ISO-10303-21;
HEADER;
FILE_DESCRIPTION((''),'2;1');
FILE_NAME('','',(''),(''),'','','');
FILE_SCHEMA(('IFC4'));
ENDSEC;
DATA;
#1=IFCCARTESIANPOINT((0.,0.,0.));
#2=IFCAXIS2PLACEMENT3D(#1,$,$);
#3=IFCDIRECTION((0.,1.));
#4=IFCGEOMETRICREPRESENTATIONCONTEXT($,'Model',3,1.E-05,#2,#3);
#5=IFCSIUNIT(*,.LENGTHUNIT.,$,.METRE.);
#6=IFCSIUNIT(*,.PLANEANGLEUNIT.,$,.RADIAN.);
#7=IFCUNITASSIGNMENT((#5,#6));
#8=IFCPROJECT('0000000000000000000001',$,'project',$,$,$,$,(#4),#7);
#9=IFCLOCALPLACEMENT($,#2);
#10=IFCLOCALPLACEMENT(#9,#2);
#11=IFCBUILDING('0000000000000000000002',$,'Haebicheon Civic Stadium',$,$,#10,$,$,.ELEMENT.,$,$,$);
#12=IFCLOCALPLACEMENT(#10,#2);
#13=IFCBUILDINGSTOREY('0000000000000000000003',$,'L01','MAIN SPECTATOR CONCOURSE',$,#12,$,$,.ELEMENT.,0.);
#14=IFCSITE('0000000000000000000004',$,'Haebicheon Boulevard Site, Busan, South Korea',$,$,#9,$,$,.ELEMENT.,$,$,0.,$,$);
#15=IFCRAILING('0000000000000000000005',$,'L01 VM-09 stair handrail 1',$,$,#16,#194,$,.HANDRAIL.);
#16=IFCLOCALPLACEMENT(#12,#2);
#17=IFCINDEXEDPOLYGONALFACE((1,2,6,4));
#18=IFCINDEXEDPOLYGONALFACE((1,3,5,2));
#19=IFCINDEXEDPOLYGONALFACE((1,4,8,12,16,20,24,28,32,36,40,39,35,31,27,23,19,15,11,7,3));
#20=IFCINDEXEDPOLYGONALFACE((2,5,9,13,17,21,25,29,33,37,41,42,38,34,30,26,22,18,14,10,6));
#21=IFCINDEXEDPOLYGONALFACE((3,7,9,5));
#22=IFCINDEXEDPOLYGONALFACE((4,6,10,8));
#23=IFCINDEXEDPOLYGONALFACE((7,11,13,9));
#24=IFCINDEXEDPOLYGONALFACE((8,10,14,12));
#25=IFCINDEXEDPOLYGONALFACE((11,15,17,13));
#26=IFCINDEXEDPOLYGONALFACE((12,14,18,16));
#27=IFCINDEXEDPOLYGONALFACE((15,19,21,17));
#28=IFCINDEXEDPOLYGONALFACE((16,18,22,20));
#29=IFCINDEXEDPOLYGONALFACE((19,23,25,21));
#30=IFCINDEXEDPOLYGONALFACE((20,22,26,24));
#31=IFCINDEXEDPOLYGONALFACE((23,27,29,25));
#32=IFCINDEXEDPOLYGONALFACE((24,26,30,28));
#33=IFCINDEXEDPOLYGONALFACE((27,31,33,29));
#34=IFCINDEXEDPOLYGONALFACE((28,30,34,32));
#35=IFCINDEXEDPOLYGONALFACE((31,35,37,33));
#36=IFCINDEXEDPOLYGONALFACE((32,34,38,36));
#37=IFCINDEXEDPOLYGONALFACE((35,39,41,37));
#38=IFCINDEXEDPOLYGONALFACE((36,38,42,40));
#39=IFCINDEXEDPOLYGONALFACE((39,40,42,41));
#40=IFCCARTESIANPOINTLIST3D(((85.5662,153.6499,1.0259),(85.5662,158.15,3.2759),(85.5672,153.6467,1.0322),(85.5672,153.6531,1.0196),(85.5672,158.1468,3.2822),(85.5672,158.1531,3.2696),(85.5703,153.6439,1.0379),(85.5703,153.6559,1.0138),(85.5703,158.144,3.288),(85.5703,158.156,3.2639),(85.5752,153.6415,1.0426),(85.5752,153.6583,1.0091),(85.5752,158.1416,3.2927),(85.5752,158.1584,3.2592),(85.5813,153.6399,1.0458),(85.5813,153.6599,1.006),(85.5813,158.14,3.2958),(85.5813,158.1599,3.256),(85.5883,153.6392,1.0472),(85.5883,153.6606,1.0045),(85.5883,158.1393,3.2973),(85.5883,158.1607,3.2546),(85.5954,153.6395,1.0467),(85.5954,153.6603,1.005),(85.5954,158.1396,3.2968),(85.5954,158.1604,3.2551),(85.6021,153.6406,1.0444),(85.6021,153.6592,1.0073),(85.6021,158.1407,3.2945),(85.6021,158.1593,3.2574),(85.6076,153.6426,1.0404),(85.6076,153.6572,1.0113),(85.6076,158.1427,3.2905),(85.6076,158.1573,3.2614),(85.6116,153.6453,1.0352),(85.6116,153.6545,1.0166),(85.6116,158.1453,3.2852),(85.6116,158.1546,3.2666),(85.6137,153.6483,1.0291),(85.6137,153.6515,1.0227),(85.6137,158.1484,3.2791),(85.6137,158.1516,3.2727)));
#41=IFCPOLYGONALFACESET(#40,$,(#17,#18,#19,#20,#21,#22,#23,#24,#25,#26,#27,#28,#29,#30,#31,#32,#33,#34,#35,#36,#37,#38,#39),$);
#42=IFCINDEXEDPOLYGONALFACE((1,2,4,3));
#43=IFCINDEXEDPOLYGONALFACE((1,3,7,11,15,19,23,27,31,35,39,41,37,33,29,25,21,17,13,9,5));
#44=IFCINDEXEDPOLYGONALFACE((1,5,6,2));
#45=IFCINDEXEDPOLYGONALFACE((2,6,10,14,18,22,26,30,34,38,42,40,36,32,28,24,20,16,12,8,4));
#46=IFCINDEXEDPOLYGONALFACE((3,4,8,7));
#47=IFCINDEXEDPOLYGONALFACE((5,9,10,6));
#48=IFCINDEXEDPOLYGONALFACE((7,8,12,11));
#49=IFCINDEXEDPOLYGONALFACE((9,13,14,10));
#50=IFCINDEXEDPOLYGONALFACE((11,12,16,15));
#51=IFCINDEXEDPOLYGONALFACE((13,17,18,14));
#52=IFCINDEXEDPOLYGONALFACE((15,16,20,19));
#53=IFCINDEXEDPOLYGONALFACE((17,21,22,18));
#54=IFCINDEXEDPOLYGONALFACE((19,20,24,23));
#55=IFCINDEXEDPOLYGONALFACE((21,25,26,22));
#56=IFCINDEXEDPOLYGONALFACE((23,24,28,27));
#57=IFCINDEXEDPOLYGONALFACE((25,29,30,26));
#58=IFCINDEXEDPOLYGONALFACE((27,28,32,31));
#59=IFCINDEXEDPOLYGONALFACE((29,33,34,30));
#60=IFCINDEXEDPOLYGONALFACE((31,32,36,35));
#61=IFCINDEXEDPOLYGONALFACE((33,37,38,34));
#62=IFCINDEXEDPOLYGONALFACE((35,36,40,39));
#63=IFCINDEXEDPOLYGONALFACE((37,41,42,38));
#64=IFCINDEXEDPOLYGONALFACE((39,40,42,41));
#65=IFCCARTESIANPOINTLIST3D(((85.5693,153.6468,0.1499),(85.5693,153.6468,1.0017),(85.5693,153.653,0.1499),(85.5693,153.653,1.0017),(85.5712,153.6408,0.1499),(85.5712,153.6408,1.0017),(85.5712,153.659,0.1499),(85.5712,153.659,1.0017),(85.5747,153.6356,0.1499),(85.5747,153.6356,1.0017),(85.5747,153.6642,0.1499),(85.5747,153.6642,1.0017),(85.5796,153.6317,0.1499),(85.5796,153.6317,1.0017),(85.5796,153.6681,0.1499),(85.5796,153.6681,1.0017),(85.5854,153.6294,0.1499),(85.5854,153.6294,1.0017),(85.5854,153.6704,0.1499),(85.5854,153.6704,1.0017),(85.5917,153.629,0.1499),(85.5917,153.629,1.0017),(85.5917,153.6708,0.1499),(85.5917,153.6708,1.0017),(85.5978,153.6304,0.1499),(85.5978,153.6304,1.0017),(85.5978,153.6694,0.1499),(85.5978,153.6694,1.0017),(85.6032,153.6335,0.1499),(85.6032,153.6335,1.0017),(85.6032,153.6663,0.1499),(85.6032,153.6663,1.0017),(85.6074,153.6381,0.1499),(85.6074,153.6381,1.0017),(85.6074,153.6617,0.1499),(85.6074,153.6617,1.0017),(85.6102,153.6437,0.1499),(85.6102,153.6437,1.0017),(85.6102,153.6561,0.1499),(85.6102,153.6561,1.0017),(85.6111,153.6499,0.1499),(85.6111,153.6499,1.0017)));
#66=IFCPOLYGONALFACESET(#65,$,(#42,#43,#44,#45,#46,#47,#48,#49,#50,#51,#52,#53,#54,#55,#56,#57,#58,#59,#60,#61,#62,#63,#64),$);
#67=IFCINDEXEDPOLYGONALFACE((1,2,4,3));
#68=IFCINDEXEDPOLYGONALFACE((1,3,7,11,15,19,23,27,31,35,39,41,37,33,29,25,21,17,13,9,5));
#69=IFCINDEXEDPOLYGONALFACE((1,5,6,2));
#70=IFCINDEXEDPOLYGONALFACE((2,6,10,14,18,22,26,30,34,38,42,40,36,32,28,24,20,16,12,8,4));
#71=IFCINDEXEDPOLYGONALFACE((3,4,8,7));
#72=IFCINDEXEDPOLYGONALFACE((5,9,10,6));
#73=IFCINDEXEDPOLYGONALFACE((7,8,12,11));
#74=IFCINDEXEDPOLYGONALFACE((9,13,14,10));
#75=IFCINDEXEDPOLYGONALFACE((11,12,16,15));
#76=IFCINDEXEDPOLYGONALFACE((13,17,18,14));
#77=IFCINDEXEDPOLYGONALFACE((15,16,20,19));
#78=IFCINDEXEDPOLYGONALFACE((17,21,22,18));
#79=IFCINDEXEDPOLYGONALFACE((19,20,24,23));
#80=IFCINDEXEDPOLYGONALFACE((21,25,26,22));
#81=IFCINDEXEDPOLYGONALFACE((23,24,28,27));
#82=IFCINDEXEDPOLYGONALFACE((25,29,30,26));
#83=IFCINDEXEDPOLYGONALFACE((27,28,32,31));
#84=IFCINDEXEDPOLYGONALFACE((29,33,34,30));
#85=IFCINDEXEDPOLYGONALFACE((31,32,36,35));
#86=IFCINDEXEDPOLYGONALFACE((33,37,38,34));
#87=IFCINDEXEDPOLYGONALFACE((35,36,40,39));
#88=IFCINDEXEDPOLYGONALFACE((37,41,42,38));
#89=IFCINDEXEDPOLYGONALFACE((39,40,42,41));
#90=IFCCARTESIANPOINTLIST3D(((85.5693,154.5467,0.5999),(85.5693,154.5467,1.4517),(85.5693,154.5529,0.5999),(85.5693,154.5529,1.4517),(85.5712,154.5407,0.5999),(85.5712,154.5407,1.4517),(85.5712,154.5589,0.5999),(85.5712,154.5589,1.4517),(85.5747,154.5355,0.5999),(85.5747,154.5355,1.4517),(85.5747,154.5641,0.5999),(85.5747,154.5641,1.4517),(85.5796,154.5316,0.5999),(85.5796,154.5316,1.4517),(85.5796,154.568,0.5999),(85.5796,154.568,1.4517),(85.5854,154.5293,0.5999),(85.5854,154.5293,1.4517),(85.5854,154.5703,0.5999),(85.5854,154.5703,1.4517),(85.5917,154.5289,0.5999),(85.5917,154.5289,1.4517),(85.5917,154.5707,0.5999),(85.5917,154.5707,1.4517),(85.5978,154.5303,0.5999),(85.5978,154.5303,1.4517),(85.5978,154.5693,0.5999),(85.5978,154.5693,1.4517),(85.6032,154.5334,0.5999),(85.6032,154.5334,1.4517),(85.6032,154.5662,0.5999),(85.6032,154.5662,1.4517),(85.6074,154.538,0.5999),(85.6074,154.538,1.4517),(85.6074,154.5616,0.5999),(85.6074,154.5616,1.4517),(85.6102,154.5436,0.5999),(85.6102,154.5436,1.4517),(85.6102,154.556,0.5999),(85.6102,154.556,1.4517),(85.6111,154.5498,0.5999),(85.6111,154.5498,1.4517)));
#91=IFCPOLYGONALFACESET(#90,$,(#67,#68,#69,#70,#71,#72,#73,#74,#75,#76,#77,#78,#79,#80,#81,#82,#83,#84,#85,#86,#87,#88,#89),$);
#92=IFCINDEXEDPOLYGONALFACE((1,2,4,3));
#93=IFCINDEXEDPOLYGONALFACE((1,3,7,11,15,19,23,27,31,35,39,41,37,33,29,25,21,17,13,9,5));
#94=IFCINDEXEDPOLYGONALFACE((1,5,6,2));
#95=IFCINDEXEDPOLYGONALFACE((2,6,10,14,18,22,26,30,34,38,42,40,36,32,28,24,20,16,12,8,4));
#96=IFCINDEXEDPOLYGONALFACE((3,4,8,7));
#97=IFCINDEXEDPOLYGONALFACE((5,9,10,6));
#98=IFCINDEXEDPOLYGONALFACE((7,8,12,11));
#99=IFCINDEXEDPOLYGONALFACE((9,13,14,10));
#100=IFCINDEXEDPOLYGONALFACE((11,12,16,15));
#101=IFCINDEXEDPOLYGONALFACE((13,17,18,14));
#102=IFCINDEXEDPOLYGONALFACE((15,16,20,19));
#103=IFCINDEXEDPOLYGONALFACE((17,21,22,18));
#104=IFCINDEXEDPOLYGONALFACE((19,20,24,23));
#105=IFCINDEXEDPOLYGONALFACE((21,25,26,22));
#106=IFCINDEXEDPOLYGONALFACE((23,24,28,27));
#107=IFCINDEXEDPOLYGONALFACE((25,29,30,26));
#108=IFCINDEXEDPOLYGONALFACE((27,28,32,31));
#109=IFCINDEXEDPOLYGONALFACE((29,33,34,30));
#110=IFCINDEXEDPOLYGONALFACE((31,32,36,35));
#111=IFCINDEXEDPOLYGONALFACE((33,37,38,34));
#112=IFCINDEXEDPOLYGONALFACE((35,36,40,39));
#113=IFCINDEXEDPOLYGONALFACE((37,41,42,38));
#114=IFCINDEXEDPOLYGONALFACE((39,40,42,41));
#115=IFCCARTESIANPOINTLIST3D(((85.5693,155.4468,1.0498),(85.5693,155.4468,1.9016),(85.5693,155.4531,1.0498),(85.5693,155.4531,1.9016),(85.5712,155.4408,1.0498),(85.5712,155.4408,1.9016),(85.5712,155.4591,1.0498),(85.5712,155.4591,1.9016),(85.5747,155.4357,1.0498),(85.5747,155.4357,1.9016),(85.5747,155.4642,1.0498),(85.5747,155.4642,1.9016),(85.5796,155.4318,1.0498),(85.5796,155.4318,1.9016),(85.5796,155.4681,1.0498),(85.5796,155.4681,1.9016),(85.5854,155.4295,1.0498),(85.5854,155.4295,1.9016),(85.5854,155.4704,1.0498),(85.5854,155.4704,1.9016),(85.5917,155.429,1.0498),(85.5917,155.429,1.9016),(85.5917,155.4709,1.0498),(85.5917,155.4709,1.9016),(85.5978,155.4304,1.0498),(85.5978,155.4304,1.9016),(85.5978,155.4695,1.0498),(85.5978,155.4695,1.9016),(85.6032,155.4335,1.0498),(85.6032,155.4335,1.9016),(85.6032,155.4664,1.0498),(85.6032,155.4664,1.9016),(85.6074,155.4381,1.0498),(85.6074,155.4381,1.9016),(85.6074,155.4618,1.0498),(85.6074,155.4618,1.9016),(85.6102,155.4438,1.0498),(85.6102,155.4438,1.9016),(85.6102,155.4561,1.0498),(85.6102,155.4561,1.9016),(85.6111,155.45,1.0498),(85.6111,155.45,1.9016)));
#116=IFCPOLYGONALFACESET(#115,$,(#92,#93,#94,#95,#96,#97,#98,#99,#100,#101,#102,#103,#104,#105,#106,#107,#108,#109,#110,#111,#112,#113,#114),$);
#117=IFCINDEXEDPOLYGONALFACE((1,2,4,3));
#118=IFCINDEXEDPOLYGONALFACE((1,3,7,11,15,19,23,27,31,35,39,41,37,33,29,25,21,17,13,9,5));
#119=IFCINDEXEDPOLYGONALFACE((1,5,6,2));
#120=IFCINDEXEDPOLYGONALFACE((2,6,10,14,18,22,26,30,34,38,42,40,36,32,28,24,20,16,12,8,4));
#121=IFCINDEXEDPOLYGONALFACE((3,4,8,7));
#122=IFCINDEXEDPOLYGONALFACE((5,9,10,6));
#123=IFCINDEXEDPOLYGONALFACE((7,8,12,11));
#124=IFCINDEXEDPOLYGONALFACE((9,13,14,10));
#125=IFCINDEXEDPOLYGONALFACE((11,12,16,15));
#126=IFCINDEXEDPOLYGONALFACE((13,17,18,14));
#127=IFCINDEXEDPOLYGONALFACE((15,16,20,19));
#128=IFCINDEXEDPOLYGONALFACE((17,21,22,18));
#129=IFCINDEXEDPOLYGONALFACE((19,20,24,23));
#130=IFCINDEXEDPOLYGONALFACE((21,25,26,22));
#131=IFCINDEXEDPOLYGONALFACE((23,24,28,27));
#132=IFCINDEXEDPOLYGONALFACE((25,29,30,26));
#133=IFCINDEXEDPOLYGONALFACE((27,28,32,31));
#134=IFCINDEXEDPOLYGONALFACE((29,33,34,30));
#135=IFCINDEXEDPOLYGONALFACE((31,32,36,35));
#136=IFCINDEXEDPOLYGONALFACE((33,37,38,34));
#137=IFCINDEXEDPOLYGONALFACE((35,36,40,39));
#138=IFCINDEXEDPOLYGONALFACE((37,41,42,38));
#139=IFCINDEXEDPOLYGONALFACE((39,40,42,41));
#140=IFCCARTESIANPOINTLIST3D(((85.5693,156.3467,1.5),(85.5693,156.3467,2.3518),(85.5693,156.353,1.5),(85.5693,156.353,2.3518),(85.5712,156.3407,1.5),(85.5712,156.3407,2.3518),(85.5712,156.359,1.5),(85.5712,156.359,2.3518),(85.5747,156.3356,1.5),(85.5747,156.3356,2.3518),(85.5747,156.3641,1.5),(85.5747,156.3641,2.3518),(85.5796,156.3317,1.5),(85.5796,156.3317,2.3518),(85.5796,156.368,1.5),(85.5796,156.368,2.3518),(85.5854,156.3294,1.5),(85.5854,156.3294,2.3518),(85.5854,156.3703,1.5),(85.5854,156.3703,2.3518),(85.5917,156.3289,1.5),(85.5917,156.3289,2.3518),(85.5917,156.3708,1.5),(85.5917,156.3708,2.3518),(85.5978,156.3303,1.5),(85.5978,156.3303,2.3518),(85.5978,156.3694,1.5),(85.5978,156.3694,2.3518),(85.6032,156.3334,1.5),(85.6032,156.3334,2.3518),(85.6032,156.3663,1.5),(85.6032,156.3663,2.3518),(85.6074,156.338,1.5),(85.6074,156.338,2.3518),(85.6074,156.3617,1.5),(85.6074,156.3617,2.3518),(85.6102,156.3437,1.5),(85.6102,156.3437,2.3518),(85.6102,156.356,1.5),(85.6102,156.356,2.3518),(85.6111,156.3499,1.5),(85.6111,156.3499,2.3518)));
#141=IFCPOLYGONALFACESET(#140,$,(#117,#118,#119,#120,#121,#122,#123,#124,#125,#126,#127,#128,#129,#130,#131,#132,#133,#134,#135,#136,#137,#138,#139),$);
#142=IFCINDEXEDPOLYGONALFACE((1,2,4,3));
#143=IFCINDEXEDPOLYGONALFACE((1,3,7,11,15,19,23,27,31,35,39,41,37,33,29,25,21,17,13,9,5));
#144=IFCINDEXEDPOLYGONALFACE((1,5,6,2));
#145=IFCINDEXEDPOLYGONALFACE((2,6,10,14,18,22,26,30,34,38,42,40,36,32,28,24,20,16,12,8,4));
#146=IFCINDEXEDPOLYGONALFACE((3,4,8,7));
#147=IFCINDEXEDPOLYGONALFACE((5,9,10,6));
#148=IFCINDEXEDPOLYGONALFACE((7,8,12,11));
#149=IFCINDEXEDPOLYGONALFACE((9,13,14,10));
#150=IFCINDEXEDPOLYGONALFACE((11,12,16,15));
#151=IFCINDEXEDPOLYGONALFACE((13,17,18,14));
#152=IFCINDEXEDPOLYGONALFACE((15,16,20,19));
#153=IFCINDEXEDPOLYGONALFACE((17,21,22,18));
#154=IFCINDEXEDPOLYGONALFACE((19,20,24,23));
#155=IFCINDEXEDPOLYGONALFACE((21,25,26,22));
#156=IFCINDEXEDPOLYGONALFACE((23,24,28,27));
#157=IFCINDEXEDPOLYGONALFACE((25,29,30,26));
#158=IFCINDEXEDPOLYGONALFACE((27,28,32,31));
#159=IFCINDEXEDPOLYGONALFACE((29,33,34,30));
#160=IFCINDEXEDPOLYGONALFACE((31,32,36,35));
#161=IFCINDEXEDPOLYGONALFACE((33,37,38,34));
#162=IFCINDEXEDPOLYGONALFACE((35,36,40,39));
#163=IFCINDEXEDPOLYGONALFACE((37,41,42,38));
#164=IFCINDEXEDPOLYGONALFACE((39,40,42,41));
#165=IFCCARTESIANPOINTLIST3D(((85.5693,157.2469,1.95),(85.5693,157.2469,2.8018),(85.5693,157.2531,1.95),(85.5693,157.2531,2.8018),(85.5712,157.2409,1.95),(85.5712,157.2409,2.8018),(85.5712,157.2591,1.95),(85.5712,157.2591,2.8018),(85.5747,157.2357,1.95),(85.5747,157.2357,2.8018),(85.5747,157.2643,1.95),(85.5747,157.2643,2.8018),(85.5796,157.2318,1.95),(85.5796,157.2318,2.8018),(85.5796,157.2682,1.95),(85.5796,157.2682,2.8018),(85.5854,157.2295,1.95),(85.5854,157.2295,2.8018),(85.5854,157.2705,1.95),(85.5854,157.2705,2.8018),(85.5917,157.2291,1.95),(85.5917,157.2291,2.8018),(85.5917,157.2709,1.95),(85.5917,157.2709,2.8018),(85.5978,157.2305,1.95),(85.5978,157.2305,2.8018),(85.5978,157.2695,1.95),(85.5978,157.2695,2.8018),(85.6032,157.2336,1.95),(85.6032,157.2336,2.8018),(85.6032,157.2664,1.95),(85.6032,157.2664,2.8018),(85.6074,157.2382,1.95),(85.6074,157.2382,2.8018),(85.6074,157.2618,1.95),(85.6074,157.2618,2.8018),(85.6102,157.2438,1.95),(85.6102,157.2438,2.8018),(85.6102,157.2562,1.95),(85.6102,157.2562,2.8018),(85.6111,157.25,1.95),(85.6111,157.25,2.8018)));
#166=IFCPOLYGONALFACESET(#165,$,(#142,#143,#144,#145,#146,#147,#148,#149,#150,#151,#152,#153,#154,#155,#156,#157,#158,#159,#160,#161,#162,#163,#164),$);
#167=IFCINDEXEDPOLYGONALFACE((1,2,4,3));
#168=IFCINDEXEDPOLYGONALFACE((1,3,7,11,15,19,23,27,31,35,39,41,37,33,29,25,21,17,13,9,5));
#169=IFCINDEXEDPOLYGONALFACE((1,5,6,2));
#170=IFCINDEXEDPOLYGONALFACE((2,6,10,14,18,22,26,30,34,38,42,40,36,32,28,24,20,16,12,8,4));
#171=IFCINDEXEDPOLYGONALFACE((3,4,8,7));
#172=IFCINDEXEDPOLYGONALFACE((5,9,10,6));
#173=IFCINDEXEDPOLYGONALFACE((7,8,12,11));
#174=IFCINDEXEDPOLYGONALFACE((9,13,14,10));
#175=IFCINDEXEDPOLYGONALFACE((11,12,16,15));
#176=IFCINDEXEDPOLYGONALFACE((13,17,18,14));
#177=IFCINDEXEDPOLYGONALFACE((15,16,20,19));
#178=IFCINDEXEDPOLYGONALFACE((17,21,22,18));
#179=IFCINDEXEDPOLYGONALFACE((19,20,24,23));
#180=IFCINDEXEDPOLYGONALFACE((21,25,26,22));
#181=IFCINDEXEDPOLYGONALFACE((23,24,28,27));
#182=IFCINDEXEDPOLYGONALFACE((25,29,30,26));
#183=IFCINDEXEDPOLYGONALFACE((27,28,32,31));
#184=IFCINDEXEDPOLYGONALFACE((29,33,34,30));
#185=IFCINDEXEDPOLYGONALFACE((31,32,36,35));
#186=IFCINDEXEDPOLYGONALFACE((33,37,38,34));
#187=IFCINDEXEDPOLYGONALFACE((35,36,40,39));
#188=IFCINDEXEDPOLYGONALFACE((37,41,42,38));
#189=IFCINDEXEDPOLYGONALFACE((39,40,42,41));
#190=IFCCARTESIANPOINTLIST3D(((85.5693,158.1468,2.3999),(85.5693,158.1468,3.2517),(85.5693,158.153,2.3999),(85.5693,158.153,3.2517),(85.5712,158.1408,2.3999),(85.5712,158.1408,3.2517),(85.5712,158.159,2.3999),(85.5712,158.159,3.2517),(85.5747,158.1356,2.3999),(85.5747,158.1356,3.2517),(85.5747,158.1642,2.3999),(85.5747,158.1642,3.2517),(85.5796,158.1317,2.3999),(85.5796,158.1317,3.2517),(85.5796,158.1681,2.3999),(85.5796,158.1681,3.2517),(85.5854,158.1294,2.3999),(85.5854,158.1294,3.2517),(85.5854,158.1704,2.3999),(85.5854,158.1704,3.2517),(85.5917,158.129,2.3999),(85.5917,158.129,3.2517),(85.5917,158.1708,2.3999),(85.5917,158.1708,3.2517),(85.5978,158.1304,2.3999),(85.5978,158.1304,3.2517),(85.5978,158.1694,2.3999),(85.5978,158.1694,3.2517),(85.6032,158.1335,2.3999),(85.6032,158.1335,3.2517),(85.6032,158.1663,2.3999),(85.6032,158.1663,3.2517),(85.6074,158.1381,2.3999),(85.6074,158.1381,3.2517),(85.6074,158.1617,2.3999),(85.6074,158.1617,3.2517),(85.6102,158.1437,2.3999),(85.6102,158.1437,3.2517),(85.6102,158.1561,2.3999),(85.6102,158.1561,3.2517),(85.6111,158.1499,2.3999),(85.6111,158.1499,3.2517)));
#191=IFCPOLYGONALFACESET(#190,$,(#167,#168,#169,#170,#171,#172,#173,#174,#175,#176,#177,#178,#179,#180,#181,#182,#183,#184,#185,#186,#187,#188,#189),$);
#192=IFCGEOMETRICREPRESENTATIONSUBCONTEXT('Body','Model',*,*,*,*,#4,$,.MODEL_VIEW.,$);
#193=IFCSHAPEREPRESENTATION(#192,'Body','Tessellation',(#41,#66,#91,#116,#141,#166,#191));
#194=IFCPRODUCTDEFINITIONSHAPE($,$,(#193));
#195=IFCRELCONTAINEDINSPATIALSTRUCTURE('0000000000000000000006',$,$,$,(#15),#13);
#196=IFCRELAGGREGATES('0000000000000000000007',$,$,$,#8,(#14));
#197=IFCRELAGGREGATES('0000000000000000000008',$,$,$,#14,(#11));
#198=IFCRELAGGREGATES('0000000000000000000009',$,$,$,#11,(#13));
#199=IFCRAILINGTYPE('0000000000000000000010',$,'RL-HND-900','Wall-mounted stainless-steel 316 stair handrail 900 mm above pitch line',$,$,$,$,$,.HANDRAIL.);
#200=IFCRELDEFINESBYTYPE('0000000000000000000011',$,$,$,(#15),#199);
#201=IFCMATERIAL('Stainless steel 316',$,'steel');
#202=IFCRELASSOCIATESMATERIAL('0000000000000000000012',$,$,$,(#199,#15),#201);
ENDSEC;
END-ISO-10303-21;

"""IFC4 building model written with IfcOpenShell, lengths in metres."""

from ifc_helpers import new_model, si_unit, direction, frame, origin, origin_2d, place, context, subcontext, project, spatial, circle, extrude, material, type_object, element, save


model = new_model("IFC4")

# Units and contexts
model_context = context("Model", 3, precision=1e-05, world=origin(), true_north=direction((0.0, 1.0)))
body_context = subcontext(model_context, "Body", "Model", "MODEL_VIEW")
ifc_project = project(units=[si_unit("LENGTHUNIT", "METRE"), si_unit("PLANEANGLEUNIT", "RADIAN")], contexts=[model_context])

# Site, building, storey
site_placement = place(None, origin())
site = spatial("IfcSite", under=ifc_project, at=site_placement, Name="Haebicheon Boulevard Site, Busan, South Korea", CompositionType="ELEMENT", RefElevation=0.0)
building_placement = place(site_placement, origin())
building = spatial("IfcBuilding", under=site, at=building_placement, Name="Haebicheon Civic Stadium", CompositionType="ELEMENT")
storey_placement = place(building_placement, origin())
storey = spatial("IfcBuildingStorey", under=building, at=storey_placement, Name="L01", Description="MAIN SPECTATOR CONCOURSE", CompositionType="ELEMENT", Elevation=0.0)

# Railing
ifc_material_1 = material(Name="Stainless steel 316", Category="steel")
railing_type_1 = type_object("IfcRailingType", Name="RL-HND-900", Description="Wall-mounted stainless-steel 316 stair handrail 900 mm above pitch line", PredefinedType="HANDRAIL", material=ifc_material_1)
railing_1_placement = place(storey_placement, frame((85.5901, 153.6499, 0.1499)))
element("IfcRailing", 1, at=railing_1_placement, inside=storey, type_object=railing_type_1, material=ifc_material_1, Name="L01 VM-09 stair handrail 1", PredefinedType="HANDRAIL", context=body_context, shape_type="SweptSolid", body=[
    extrude(circle(Radius=0.0239, at=origin_2d()), frame((0.0, 0.0, 0.876), z_axis=(0.0, 0.894427, 0.447214), x_axis=(-1.0, 0.0, 0.0)), (0.0, 0.0, 1.0), 5.0312),
    extrude(circle(Radius=0.021, at=origin_2d()), origin(), (0.0, 0.0, 1.0), 0.8518),
    extrude(circle(Radius=0.021, at=origin_2d()), frame((0.0, 0.8999, 0.45)), (0.0, 0.0, 1.0), 0.8518),
    extrude(circle(Radius=0.021, at=origin_2d()), frame((0.0, 1.8, 0.8999)), (0.0, 0.0, 1.0), 0.8518),
    extrude(circle(Radius=0.021, at=origin_2d()), frame((0.0, 2.7, 1.3501)), (0.0, 0.0, 1.0), 0.8518),
    extrude(circle(Radius=0.021, at=origin_2d()), frame((0.0, 3.6001, 1.8)), (0.0, 0.0, 1.0), 0.8518),
    extrude(circle(Radius=0.021, at=origin_2d()), frame((0.0, 4.5, 2.25)), (0.0, 0.0, 1.0), 0.8518),
])

save(model, "model.ifc")
